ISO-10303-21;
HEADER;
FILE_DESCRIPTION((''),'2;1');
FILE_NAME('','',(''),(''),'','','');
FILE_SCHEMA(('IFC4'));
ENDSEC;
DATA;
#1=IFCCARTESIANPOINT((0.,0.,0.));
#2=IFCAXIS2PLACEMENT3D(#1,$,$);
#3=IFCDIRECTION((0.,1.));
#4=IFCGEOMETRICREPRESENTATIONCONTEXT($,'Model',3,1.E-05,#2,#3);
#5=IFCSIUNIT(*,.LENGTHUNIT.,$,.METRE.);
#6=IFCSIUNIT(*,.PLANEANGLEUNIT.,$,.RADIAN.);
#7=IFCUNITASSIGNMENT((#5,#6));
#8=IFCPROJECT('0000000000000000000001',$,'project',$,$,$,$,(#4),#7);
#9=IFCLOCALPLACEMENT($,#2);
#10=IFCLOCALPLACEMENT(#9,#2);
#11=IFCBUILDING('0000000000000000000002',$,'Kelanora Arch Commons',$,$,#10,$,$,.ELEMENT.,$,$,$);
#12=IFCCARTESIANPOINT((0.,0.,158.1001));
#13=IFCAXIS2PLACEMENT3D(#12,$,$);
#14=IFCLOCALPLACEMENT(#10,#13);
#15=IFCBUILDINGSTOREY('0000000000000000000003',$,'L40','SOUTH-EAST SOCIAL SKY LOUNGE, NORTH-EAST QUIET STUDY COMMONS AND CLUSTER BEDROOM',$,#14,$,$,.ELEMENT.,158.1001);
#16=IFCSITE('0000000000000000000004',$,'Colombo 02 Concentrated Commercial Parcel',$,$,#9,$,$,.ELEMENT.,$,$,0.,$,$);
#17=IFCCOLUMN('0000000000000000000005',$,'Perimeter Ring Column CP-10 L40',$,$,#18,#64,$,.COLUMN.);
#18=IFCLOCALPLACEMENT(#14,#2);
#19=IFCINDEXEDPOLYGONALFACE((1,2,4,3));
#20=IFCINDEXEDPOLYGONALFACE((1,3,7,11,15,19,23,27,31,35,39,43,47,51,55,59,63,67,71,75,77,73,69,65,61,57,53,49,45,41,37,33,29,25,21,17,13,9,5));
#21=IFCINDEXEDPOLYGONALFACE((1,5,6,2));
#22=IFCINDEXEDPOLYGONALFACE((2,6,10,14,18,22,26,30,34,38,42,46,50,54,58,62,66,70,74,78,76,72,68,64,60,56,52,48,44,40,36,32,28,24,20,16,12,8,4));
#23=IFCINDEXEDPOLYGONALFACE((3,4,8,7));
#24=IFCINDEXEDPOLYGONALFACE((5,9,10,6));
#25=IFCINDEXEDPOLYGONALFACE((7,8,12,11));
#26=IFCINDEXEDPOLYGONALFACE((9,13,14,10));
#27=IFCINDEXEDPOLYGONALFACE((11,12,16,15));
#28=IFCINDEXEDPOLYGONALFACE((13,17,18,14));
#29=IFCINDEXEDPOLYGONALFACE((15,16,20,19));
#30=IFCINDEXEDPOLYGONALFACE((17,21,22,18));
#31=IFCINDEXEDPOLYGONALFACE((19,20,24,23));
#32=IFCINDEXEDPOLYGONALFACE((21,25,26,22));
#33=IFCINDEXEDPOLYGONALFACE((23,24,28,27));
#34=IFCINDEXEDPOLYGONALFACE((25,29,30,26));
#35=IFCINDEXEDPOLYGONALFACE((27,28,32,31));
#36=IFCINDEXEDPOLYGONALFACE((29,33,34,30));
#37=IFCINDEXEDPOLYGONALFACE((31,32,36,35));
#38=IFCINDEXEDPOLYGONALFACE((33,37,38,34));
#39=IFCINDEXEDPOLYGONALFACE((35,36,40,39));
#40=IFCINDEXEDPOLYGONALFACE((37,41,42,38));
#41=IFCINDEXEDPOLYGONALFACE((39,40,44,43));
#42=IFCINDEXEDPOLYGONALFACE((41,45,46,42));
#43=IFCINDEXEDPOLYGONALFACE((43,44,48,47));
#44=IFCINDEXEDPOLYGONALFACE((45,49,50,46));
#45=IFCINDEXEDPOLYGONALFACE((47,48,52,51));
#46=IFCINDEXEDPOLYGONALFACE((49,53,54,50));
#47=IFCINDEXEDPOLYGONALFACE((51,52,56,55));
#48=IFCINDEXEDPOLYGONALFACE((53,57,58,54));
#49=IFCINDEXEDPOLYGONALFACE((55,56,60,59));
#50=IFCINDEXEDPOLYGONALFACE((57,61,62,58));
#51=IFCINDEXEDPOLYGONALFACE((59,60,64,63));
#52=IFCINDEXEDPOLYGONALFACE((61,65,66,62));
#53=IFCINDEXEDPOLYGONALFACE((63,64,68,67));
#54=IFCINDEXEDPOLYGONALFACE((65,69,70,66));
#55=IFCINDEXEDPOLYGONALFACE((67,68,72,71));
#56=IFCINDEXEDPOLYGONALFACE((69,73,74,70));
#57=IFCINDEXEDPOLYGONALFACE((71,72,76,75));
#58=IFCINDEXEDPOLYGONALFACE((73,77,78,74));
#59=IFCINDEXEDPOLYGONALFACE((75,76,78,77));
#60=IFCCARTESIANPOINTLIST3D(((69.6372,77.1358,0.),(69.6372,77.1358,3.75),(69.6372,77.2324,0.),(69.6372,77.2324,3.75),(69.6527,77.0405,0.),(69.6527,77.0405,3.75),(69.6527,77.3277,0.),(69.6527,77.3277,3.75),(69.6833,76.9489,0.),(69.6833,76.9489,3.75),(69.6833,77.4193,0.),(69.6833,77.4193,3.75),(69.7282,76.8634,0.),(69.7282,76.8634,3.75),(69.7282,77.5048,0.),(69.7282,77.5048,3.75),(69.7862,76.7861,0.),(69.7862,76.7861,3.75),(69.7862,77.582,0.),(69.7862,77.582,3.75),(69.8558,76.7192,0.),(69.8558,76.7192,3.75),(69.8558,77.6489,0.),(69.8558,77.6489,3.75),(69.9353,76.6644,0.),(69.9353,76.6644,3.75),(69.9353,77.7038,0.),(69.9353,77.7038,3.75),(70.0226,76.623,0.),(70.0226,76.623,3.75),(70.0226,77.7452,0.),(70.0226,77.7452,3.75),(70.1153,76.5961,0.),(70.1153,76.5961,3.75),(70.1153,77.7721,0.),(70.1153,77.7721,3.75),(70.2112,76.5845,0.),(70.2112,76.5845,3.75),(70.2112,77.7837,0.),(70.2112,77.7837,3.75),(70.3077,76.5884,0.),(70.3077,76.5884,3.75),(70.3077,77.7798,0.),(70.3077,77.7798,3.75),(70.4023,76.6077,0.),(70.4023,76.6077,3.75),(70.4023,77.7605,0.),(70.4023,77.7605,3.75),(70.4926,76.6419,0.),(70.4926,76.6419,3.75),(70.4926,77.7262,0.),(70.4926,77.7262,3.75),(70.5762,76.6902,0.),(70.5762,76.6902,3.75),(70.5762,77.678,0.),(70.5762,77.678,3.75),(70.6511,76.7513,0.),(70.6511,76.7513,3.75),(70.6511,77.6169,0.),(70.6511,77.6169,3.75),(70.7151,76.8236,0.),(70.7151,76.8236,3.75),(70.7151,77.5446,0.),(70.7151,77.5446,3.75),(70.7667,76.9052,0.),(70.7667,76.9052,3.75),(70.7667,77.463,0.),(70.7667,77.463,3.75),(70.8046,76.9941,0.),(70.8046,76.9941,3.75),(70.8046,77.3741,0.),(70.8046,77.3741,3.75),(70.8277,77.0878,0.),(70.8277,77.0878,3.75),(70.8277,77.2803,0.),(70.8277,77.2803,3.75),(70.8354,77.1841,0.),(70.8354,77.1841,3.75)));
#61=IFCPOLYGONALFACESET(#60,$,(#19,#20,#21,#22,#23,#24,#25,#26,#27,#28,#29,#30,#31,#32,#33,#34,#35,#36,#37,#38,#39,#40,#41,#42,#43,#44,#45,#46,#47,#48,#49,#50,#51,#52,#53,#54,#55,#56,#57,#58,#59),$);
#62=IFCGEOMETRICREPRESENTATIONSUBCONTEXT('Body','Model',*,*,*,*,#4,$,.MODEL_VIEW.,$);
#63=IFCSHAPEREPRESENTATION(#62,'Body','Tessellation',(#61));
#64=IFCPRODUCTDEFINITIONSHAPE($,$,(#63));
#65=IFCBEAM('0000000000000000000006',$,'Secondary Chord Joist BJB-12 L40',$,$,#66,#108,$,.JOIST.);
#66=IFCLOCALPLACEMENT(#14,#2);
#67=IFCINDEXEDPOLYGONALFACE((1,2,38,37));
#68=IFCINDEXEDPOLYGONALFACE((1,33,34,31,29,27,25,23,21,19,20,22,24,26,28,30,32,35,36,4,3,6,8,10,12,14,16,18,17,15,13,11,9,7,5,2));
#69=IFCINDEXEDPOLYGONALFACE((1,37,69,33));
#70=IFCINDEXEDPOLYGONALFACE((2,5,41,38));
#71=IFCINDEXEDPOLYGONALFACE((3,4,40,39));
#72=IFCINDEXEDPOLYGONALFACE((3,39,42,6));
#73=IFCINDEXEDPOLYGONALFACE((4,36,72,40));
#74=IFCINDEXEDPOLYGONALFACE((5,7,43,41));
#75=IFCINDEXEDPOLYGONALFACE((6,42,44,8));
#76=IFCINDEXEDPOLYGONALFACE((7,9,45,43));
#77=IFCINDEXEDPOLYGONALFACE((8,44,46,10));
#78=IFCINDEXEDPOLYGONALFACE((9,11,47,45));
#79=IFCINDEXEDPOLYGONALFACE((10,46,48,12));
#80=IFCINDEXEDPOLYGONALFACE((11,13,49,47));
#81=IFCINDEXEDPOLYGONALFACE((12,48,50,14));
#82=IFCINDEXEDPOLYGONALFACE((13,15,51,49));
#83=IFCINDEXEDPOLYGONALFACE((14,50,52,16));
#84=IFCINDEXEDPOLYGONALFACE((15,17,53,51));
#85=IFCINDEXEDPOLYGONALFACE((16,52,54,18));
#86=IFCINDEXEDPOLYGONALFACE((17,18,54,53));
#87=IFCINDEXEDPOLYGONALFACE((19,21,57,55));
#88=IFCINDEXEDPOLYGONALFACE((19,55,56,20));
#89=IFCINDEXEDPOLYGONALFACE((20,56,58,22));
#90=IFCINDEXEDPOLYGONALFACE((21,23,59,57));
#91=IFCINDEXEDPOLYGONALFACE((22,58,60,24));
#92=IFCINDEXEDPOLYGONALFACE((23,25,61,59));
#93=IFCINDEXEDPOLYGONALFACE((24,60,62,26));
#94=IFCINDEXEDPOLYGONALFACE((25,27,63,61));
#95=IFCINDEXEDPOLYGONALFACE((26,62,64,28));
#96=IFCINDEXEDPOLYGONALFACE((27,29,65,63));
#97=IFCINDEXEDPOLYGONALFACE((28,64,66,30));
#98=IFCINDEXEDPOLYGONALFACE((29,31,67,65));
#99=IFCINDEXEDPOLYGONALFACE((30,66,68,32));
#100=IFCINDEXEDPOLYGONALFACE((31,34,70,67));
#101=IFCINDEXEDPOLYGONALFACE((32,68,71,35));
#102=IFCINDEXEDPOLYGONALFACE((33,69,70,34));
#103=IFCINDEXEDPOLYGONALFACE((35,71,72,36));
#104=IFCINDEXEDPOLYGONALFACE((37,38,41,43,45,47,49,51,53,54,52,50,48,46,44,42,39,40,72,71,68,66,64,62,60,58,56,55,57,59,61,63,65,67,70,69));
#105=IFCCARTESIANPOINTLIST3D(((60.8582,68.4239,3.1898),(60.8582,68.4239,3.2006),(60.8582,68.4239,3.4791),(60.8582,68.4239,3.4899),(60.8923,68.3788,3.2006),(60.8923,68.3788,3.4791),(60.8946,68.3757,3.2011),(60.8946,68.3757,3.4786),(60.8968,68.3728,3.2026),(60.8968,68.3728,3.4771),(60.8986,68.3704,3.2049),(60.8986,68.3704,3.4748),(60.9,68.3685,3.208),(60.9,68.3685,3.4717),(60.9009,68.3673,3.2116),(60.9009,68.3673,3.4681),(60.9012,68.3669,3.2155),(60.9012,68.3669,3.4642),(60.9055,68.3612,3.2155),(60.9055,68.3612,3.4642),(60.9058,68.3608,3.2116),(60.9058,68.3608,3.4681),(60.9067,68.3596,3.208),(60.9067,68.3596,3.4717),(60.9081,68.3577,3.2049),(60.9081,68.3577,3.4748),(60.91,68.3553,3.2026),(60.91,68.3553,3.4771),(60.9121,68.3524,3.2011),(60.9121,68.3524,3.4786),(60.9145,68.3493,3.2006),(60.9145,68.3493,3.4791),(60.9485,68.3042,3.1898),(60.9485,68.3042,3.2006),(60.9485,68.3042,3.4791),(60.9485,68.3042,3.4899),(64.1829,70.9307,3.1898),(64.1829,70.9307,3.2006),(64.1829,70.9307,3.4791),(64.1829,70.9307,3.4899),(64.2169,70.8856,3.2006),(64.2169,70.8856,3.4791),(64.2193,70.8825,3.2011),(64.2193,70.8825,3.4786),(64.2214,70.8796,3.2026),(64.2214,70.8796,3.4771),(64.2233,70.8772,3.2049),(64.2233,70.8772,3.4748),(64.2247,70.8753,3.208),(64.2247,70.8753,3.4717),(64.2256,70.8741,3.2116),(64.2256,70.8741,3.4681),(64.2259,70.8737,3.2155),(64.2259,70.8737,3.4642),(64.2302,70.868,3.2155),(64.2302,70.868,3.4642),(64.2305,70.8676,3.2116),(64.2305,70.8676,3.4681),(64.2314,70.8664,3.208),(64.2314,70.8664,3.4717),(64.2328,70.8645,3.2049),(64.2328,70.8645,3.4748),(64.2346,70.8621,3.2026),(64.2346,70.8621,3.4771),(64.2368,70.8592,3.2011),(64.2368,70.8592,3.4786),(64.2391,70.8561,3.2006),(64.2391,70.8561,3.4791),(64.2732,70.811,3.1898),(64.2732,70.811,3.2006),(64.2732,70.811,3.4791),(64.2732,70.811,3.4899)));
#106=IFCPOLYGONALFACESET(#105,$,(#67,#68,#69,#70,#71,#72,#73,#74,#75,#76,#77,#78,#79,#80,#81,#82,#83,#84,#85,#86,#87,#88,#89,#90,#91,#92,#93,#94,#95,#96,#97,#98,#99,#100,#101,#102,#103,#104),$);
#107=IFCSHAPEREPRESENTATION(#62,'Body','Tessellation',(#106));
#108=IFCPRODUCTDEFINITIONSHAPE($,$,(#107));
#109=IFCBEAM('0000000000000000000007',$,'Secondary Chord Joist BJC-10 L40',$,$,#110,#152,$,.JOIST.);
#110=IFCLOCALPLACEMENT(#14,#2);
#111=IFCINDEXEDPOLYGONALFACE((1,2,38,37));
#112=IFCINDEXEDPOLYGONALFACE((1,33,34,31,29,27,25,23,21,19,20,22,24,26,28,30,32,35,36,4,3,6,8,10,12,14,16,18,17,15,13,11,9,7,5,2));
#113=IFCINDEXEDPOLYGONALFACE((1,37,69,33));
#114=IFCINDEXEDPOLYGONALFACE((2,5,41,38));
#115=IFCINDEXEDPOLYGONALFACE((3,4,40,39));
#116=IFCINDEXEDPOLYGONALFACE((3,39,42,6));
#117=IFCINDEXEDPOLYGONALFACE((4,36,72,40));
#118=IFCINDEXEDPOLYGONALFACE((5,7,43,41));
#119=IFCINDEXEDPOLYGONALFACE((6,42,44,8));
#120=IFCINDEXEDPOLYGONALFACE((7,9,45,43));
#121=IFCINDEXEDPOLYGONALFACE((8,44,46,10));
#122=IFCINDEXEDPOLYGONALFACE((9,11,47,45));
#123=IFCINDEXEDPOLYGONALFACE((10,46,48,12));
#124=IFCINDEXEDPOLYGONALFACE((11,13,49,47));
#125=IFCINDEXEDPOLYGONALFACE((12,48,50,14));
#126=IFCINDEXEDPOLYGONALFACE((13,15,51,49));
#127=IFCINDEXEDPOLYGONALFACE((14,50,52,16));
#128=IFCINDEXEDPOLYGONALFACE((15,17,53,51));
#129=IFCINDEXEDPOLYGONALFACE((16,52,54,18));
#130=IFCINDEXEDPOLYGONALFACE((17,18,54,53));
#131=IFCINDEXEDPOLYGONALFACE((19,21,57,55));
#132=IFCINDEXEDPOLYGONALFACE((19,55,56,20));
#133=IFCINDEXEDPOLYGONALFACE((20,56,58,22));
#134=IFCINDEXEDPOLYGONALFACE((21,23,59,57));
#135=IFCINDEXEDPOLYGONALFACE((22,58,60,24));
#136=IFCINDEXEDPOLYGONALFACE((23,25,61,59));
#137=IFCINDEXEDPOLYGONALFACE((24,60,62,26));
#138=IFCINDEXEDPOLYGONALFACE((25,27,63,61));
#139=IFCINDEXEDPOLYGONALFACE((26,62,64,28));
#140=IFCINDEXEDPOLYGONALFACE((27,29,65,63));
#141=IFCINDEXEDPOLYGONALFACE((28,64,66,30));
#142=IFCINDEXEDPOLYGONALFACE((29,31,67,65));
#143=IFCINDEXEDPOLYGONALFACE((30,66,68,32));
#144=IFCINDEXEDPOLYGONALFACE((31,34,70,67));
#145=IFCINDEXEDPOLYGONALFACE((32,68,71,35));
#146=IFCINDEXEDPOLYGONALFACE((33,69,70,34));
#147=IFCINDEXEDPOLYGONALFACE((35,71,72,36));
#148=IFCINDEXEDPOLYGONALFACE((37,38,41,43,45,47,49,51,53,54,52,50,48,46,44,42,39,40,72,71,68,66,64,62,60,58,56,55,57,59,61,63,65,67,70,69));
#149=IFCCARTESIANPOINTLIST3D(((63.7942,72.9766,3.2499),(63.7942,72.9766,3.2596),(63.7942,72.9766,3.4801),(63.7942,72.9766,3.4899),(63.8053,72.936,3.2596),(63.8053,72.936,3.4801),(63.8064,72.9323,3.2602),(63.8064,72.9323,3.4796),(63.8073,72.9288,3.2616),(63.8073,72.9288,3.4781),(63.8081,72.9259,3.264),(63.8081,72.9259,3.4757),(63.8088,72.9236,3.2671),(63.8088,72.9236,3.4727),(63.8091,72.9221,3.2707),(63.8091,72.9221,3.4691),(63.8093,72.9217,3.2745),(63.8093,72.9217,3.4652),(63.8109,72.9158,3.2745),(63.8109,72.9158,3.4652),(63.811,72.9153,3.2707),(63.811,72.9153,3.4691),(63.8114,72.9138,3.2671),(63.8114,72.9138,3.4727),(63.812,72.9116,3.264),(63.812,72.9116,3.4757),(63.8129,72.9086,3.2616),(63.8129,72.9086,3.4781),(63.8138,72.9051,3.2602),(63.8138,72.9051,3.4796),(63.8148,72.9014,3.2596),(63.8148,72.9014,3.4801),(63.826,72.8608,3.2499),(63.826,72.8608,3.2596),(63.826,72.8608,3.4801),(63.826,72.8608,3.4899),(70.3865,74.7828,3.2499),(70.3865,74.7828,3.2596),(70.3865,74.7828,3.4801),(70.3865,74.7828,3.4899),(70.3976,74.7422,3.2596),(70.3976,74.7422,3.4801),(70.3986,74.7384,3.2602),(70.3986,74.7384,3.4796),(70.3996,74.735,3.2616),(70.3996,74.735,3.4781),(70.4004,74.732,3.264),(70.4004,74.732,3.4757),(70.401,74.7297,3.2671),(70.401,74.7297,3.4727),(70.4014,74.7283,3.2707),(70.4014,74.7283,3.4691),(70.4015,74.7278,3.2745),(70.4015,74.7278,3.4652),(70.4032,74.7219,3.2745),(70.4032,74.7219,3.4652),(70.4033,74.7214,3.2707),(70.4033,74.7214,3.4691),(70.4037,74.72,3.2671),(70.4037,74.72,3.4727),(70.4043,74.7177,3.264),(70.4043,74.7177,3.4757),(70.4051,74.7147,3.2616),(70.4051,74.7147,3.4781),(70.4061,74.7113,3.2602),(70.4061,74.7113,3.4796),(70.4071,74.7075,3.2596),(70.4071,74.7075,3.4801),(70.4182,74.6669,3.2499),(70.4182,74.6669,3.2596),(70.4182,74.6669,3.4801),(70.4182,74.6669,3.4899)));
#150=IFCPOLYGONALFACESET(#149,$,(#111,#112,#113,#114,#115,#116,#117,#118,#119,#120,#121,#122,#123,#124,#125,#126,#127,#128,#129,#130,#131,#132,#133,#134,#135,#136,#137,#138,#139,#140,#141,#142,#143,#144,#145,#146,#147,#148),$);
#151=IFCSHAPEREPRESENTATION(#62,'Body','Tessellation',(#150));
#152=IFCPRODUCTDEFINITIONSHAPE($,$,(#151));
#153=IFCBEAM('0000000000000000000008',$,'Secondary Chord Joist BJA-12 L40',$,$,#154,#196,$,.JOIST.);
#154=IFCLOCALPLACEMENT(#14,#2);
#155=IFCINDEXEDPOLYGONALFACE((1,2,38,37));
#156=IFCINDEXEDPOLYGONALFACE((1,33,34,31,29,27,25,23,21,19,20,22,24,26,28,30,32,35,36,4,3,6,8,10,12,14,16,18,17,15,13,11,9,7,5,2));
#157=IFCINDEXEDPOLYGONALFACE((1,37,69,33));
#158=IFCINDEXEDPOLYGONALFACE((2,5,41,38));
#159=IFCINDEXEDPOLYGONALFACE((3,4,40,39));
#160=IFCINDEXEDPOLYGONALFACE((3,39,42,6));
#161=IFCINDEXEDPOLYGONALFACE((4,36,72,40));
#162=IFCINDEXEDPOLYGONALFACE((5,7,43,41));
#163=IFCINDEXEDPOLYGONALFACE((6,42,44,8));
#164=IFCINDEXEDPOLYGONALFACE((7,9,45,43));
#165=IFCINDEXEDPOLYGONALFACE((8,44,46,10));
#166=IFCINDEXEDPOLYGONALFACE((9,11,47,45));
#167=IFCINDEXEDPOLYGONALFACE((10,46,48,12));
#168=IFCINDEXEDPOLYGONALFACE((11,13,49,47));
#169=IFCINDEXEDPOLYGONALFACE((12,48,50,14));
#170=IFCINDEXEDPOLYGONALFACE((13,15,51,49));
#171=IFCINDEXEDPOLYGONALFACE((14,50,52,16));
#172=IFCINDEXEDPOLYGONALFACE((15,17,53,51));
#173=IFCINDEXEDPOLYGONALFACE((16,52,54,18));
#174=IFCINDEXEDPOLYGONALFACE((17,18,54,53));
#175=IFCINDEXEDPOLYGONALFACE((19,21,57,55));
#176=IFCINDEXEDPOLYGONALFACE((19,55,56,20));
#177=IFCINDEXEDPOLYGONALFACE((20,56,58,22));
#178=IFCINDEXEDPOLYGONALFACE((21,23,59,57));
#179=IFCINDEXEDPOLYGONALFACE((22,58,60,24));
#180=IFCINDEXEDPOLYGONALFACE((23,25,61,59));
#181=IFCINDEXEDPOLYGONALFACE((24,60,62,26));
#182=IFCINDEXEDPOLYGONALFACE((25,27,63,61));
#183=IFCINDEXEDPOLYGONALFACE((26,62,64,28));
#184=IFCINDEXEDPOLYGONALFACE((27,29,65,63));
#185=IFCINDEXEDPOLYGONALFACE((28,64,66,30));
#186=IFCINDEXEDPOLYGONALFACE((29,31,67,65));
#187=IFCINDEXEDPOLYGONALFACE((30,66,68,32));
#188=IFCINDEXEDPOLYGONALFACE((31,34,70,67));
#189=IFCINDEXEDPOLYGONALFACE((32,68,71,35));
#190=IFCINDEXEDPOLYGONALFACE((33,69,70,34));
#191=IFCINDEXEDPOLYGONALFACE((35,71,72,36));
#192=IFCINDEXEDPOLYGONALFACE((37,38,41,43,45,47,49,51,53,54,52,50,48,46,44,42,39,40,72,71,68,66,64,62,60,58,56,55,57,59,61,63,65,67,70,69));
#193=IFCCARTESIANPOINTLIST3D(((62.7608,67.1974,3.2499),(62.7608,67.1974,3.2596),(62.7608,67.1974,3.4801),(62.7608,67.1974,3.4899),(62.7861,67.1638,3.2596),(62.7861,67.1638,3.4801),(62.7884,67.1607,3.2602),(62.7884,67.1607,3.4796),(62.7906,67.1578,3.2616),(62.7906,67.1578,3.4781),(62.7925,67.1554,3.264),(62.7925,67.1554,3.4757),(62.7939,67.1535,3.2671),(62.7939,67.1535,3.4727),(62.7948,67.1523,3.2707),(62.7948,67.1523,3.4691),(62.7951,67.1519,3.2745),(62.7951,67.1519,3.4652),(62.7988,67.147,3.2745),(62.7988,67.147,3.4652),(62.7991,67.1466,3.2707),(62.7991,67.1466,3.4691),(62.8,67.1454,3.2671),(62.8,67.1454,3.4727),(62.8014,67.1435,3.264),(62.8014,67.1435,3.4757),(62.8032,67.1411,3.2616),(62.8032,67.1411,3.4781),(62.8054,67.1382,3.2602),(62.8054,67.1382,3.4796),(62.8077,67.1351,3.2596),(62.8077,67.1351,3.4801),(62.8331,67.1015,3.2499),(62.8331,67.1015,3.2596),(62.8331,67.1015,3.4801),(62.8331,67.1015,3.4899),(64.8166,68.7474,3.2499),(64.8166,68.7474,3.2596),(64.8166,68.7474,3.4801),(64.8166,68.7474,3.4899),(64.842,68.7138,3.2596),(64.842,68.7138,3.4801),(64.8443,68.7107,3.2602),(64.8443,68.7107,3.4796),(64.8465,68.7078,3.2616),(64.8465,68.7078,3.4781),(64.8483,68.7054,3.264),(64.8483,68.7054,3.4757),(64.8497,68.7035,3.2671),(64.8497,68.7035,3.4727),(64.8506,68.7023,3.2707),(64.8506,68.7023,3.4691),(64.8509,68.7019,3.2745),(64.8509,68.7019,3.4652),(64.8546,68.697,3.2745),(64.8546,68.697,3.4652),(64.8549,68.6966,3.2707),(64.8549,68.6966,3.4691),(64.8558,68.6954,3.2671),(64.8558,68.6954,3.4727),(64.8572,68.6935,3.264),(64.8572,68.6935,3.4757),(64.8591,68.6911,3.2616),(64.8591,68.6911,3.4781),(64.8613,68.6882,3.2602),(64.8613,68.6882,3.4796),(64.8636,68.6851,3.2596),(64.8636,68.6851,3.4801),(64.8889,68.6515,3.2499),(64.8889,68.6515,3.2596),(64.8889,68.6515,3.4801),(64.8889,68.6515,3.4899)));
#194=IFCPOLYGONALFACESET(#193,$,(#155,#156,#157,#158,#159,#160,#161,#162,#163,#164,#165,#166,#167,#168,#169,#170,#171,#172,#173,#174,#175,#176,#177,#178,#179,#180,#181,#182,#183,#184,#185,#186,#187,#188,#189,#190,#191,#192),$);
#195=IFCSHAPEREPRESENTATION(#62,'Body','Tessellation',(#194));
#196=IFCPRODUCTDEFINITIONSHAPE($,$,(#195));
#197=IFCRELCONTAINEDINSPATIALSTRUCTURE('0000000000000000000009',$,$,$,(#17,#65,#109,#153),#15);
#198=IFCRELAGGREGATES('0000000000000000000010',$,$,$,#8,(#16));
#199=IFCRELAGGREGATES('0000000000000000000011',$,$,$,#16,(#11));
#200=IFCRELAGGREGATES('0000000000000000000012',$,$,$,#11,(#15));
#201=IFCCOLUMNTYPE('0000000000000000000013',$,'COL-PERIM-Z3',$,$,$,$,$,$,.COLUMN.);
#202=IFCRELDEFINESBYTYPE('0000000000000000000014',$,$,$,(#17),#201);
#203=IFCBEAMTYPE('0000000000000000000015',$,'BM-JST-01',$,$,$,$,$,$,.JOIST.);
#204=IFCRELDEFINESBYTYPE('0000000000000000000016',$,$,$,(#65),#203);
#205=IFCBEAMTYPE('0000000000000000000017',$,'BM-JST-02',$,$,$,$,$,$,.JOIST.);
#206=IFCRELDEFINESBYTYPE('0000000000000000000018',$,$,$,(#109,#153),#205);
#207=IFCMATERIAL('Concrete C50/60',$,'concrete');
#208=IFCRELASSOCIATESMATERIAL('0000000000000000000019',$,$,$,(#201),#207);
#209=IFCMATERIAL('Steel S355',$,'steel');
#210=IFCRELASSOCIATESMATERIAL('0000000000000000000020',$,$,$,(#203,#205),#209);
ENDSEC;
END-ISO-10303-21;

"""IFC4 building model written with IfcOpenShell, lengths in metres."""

from ifc_helpers import new_model, si_unit, direction, frame, origin, origin_2d, place, context, subcontext, project, spatial, circle, i_section, extrude, material, material_profile, profile_set, type_object, element, save


model = new_model("IFC4")

# Units and contexts
model_context = context("Model", 3, precision=1e-05, world=origin(), true_north=direction((0.0, 1.0)))
body_context = subcontext(model_context, "Body", "Model", "MODEL_VIEW")
ifc_project = project(units=[si_unit("LENGTHUNIT", "METRE"), si_unit("PLANEANGLEUNIT", "RADIAN")], contexts=[model_context])

# Site, building, storey
site_placement = place(None, origin())
site = spatial("IfcSite", under=ifc_project, at=site_placement, Name="Colombo 02 Concentrated Commercial Parcel", CompositionType="ELEMENT", RefElevation=0.0)
building_placement = place(site_placement, origin())
building = spatial("IfcBuilding", under=site, at=building_placement, Name="Kelanora Arch Commons", CompositionType="ELEMENT")
storey_placement = place(building_placement, frame((0.0, 0.0, 158.1001)))
storey = spatial("IfcBuildingStorey", under=building, at=storey_placement, Name="L40", Description="SOUTH-EAST SOCIAL SKY LOUNGE, NORTH-EAST QUIET STUDY COMMONS AND CLUSTER BEDROOM", CompositionType="ELEMENT", Elevation=158.1001)

# Column
ifc_material_1 = material(Name="Concrete C50/60", Category="concrete")
ifc_material_profile_1 = material_profile(ifc_material_1, circle(Radius=0.6001, at=origin_2d()), Name="RCC1200")
ifc_profile_set_1 = profile_set([ifc_material_profile_1], Name="Concrete C50/60")
column_type = type_object("IfcColumnType", Name="COL-PERIM-Z3", PredefinedType="COLUMN", material=ifc_profile_set_1)
column_placement = place(storey_placement, frame((70.2354, 77.1841, 0.0), z_axis=(0.0, 0.0, 1.0), x_axis=(1.0, 0.0, 0.0)))
element("IfcColumn", 1, at=column_placement, inside=storey, type_object=column_type, Name="Perimeter Ring Column CP-10 L40", PredefinedType="COLUMN", context=body_context, shape_type="SweptSolid", body=[
    extrude(circle(Radius=0.6001, at=origin_2d()), origin(), (0.0, 0.0, 1.0), 3.75),
])

# Beams
ifc_material_2 = material(Name="Steel S355", Category="steel")
ifc_material_profile_2 = material_profile(ifc_material_2, i_section(OverallWidth=0.1499, OverallDepth=0.3, WebThickness=0.0071, FlangeThickness=0.0107, FilletRadius=0.0149, at=origin_2d()), Name="IPE300")
ifc_profile_set_2 = profile_set([ifc_material_profile_2], Name="Steel S355")
beam_type_1 = type_object("IfcBeamType", Name="BM-JST-01", PredefinedType="JOIST", material=ifc_profile_set_2)
beam_1_placement = place(storey_placement, frame((64.228, 70.8708, 3.3398), z_axis=(-0.798464, -0.602043, 0.0), x_axis=(0.602043, -0.798464, 0.0)))
element("IfcBeam", 2, at=beam_1_placement, inside=storey, type_object=beam_type_1, Name="Secondary Chord Joist BJB-12 L40", PredefinedType="JOIST", context=body_context, shape_type="SweptSolid", body=[
    extrude(i_section(OverallWidth=0.1499, OverallDepth=0.3, WebThickness=0.0071, FlangeThickness=0.0107, FilletRadius=0.0149, at=origin_2d()), origin(), (0.0, 0.0, 1.0), 4.1638),
])
ifc_material_profile_3 = material_profile(ifc_material_2, i_section(OverallWidth=0.1201, OverallDepth=0.24, WebThickness=0.0061, FlangeThickness=0.0098, FilletRadius=0.0149, at=origin_2d()), Name="IPE240")
ifc_profile_set_3 = profile_set([ifc_material_profile_3], Name="Steel S355")
beam_type_2 = type_object("IfcBeamType", Name="BM-JST-02", PredefinedType="JOIST", material=ifc_profile_set_3)
beam_2_placement = place(storey_placement, frame((70.4023, 74.7249, 3.3699), z_axis=(-0.964457, -0.264242, 0.0), x_axis=(0.264242, -0.964457, 0.0)))
element("IfcBeam", 3, at=beam_2_placement, inside=storey, type_object=beam_type_2, Name="Secondary Chord Joist BJC-10 L40", PredefinedType="JOIST", context=body_context, shape_type="SweptSolid", body=[
    extrude(i_section(OverallWidth=0.1201, OverallDepth=0.24, WebThickness=0.0061, FlangeThickness=0.0098, FilletRadius=0.0149, at=origin_2d()), origin(), (0.0, 0.0, 1.0), 6.8352),
])
beam_3_placement = place(storey_placement, frame((64.8528, 68.6995, 3.3699), z_axis=(-0.798484, -0.602016, 0.0), x_axis=(0.602016, -0.798484, 0.0)))
element("IfcBeam", 4, at=beam_3_placement, inside=storey, type_object=beam_type_2, Name="Secondary Chord Joist BJA-12 L40", PredefinedType="JOIST", context=body_context, shape_type="SweptSolid", body=[
    extrude(i_section(OverallWidth=0.1201, OverallDepth=0.24, WebThickness=0.0061, FlangeThickness=0.0098, FilletRadius=0.0149, at=origin_2d()), origin(), (0.0, 0.0, 1.0), 2.5747),
])

save(model, "model.ifc")
